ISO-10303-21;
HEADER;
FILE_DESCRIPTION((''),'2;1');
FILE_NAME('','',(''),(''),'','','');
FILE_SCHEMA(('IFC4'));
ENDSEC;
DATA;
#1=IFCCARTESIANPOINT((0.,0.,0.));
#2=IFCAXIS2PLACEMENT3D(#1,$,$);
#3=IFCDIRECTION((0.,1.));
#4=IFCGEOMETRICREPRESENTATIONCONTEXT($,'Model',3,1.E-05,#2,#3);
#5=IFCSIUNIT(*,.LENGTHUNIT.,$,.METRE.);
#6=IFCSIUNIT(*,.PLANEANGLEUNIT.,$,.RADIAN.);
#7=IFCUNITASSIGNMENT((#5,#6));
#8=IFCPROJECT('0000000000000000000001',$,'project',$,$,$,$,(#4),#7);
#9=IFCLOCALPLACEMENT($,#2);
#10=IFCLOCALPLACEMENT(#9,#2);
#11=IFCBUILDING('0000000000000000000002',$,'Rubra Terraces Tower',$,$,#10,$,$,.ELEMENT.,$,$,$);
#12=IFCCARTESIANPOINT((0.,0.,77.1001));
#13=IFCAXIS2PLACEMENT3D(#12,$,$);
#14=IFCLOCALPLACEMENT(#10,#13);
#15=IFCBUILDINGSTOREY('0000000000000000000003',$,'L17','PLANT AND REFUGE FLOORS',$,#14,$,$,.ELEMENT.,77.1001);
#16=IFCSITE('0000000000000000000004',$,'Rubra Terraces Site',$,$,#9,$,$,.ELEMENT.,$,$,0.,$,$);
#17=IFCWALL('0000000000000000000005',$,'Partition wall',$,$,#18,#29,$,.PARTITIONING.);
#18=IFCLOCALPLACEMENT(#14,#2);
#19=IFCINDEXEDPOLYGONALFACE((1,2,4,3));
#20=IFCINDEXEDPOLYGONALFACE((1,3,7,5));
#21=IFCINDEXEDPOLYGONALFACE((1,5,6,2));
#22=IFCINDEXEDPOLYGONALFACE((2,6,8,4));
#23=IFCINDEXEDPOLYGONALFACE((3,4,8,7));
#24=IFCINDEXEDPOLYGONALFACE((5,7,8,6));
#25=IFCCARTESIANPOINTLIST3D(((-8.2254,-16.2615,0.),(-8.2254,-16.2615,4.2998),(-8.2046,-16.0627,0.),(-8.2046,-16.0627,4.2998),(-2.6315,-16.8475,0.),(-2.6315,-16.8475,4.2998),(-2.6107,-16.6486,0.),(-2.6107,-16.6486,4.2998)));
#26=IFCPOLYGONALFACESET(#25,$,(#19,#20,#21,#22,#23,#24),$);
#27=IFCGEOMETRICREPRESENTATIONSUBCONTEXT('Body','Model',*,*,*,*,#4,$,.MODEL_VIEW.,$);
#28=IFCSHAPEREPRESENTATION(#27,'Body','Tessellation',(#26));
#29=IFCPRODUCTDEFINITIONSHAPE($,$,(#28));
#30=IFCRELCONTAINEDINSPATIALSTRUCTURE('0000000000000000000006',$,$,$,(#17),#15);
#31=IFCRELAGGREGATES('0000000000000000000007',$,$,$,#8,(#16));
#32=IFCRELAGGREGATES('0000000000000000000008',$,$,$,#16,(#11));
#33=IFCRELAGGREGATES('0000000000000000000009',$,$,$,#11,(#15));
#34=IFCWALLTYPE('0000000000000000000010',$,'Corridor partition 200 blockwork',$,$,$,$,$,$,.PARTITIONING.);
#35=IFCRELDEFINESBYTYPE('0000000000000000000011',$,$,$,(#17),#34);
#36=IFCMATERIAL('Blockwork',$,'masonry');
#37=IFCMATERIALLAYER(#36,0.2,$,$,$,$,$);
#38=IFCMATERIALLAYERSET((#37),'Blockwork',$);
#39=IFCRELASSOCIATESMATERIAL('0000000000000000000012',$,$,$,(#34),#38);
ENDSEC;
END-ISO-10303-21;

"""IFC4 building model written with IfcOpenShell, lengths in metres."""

from ifc_helpers import new_model, si_unit, direction, frame, frame_2d, origin, place, context, subcontext, project, spatial, rectangle, extrude, material, layer, layer_set, type_object, element, save


model = new_model("IFC4")

# Units and contexts
model_context = context("Model", 3, precision=1e-05, world=origin(), true_north=direction((0.0, 1.0)))
body_context = subcontext(model_context, "Body", "Model", "MODEL_VIEW")
ifc_project = project(units=[si_unit("LENGTHUNIT", "METRE"), si_unit("PLANEANGLEUNIT", "RADIAN")], contexts=[model_context])

# Site, building, storey
site_placement = place(None, origin())
site = spatial("IfcSite", under=ifc_project, at=site_placement, Name="Rubra Terraces Site", CompositionType="ELEMENT", RefElevation=0.0)
building_placement = place(site_placement, origin())
building = spatial("IfcBuilding", under=site, at=building_placement, Name="Rubra Terraces Tower", CompositionType="ELEMENT")
storey_placement = place(building_placement, frame((0.0, 0.0, 77.1001)))
storey = spatial("IfcBuildingStorey", under=building, at=storey_placement, Name="L17", Description="PLANT AND REFUGE FLOORS", CompositionType="ELEMENT", Elevation=77.1001)

# Wall
ifc_material_1 = material(Name="Blockwork", Category="masonry")
ifc_layer_1 = layer(ifc_material_1, 0.2)
ifc_layer_set_1 = layer_set([ifc_layer_1], Name="Blockwork")
wall_type_1 = type_object("IfcWallType", Name="Corridor partition 200 blockwork", PredefinedType="PARTITIONING", material=ifc_layer_set_1)
wall_1_placement = place(storey_placement, frame((-2.6211, -16.748, 0.0), z_axis=(0.0, 0.0, 1.0), x_axis=(-0.994559, 0.104174, 0.0)))
element("IfcWall", 1, at=wall_1_placement, inside=storey, type_object=wall_type_1, Name="Partition wall", PredefinedType="PARTITIONING", context=body_context, shape_type="SweptSolid", body=[
    extrude(rectangle(XDim=5.6245, YDim=0.2, at=frame_2d((2.8123, 0.0))), origin(), (0.0, 0.0, 1.0), 4.2998),
])

save(model, "model.ifc")
